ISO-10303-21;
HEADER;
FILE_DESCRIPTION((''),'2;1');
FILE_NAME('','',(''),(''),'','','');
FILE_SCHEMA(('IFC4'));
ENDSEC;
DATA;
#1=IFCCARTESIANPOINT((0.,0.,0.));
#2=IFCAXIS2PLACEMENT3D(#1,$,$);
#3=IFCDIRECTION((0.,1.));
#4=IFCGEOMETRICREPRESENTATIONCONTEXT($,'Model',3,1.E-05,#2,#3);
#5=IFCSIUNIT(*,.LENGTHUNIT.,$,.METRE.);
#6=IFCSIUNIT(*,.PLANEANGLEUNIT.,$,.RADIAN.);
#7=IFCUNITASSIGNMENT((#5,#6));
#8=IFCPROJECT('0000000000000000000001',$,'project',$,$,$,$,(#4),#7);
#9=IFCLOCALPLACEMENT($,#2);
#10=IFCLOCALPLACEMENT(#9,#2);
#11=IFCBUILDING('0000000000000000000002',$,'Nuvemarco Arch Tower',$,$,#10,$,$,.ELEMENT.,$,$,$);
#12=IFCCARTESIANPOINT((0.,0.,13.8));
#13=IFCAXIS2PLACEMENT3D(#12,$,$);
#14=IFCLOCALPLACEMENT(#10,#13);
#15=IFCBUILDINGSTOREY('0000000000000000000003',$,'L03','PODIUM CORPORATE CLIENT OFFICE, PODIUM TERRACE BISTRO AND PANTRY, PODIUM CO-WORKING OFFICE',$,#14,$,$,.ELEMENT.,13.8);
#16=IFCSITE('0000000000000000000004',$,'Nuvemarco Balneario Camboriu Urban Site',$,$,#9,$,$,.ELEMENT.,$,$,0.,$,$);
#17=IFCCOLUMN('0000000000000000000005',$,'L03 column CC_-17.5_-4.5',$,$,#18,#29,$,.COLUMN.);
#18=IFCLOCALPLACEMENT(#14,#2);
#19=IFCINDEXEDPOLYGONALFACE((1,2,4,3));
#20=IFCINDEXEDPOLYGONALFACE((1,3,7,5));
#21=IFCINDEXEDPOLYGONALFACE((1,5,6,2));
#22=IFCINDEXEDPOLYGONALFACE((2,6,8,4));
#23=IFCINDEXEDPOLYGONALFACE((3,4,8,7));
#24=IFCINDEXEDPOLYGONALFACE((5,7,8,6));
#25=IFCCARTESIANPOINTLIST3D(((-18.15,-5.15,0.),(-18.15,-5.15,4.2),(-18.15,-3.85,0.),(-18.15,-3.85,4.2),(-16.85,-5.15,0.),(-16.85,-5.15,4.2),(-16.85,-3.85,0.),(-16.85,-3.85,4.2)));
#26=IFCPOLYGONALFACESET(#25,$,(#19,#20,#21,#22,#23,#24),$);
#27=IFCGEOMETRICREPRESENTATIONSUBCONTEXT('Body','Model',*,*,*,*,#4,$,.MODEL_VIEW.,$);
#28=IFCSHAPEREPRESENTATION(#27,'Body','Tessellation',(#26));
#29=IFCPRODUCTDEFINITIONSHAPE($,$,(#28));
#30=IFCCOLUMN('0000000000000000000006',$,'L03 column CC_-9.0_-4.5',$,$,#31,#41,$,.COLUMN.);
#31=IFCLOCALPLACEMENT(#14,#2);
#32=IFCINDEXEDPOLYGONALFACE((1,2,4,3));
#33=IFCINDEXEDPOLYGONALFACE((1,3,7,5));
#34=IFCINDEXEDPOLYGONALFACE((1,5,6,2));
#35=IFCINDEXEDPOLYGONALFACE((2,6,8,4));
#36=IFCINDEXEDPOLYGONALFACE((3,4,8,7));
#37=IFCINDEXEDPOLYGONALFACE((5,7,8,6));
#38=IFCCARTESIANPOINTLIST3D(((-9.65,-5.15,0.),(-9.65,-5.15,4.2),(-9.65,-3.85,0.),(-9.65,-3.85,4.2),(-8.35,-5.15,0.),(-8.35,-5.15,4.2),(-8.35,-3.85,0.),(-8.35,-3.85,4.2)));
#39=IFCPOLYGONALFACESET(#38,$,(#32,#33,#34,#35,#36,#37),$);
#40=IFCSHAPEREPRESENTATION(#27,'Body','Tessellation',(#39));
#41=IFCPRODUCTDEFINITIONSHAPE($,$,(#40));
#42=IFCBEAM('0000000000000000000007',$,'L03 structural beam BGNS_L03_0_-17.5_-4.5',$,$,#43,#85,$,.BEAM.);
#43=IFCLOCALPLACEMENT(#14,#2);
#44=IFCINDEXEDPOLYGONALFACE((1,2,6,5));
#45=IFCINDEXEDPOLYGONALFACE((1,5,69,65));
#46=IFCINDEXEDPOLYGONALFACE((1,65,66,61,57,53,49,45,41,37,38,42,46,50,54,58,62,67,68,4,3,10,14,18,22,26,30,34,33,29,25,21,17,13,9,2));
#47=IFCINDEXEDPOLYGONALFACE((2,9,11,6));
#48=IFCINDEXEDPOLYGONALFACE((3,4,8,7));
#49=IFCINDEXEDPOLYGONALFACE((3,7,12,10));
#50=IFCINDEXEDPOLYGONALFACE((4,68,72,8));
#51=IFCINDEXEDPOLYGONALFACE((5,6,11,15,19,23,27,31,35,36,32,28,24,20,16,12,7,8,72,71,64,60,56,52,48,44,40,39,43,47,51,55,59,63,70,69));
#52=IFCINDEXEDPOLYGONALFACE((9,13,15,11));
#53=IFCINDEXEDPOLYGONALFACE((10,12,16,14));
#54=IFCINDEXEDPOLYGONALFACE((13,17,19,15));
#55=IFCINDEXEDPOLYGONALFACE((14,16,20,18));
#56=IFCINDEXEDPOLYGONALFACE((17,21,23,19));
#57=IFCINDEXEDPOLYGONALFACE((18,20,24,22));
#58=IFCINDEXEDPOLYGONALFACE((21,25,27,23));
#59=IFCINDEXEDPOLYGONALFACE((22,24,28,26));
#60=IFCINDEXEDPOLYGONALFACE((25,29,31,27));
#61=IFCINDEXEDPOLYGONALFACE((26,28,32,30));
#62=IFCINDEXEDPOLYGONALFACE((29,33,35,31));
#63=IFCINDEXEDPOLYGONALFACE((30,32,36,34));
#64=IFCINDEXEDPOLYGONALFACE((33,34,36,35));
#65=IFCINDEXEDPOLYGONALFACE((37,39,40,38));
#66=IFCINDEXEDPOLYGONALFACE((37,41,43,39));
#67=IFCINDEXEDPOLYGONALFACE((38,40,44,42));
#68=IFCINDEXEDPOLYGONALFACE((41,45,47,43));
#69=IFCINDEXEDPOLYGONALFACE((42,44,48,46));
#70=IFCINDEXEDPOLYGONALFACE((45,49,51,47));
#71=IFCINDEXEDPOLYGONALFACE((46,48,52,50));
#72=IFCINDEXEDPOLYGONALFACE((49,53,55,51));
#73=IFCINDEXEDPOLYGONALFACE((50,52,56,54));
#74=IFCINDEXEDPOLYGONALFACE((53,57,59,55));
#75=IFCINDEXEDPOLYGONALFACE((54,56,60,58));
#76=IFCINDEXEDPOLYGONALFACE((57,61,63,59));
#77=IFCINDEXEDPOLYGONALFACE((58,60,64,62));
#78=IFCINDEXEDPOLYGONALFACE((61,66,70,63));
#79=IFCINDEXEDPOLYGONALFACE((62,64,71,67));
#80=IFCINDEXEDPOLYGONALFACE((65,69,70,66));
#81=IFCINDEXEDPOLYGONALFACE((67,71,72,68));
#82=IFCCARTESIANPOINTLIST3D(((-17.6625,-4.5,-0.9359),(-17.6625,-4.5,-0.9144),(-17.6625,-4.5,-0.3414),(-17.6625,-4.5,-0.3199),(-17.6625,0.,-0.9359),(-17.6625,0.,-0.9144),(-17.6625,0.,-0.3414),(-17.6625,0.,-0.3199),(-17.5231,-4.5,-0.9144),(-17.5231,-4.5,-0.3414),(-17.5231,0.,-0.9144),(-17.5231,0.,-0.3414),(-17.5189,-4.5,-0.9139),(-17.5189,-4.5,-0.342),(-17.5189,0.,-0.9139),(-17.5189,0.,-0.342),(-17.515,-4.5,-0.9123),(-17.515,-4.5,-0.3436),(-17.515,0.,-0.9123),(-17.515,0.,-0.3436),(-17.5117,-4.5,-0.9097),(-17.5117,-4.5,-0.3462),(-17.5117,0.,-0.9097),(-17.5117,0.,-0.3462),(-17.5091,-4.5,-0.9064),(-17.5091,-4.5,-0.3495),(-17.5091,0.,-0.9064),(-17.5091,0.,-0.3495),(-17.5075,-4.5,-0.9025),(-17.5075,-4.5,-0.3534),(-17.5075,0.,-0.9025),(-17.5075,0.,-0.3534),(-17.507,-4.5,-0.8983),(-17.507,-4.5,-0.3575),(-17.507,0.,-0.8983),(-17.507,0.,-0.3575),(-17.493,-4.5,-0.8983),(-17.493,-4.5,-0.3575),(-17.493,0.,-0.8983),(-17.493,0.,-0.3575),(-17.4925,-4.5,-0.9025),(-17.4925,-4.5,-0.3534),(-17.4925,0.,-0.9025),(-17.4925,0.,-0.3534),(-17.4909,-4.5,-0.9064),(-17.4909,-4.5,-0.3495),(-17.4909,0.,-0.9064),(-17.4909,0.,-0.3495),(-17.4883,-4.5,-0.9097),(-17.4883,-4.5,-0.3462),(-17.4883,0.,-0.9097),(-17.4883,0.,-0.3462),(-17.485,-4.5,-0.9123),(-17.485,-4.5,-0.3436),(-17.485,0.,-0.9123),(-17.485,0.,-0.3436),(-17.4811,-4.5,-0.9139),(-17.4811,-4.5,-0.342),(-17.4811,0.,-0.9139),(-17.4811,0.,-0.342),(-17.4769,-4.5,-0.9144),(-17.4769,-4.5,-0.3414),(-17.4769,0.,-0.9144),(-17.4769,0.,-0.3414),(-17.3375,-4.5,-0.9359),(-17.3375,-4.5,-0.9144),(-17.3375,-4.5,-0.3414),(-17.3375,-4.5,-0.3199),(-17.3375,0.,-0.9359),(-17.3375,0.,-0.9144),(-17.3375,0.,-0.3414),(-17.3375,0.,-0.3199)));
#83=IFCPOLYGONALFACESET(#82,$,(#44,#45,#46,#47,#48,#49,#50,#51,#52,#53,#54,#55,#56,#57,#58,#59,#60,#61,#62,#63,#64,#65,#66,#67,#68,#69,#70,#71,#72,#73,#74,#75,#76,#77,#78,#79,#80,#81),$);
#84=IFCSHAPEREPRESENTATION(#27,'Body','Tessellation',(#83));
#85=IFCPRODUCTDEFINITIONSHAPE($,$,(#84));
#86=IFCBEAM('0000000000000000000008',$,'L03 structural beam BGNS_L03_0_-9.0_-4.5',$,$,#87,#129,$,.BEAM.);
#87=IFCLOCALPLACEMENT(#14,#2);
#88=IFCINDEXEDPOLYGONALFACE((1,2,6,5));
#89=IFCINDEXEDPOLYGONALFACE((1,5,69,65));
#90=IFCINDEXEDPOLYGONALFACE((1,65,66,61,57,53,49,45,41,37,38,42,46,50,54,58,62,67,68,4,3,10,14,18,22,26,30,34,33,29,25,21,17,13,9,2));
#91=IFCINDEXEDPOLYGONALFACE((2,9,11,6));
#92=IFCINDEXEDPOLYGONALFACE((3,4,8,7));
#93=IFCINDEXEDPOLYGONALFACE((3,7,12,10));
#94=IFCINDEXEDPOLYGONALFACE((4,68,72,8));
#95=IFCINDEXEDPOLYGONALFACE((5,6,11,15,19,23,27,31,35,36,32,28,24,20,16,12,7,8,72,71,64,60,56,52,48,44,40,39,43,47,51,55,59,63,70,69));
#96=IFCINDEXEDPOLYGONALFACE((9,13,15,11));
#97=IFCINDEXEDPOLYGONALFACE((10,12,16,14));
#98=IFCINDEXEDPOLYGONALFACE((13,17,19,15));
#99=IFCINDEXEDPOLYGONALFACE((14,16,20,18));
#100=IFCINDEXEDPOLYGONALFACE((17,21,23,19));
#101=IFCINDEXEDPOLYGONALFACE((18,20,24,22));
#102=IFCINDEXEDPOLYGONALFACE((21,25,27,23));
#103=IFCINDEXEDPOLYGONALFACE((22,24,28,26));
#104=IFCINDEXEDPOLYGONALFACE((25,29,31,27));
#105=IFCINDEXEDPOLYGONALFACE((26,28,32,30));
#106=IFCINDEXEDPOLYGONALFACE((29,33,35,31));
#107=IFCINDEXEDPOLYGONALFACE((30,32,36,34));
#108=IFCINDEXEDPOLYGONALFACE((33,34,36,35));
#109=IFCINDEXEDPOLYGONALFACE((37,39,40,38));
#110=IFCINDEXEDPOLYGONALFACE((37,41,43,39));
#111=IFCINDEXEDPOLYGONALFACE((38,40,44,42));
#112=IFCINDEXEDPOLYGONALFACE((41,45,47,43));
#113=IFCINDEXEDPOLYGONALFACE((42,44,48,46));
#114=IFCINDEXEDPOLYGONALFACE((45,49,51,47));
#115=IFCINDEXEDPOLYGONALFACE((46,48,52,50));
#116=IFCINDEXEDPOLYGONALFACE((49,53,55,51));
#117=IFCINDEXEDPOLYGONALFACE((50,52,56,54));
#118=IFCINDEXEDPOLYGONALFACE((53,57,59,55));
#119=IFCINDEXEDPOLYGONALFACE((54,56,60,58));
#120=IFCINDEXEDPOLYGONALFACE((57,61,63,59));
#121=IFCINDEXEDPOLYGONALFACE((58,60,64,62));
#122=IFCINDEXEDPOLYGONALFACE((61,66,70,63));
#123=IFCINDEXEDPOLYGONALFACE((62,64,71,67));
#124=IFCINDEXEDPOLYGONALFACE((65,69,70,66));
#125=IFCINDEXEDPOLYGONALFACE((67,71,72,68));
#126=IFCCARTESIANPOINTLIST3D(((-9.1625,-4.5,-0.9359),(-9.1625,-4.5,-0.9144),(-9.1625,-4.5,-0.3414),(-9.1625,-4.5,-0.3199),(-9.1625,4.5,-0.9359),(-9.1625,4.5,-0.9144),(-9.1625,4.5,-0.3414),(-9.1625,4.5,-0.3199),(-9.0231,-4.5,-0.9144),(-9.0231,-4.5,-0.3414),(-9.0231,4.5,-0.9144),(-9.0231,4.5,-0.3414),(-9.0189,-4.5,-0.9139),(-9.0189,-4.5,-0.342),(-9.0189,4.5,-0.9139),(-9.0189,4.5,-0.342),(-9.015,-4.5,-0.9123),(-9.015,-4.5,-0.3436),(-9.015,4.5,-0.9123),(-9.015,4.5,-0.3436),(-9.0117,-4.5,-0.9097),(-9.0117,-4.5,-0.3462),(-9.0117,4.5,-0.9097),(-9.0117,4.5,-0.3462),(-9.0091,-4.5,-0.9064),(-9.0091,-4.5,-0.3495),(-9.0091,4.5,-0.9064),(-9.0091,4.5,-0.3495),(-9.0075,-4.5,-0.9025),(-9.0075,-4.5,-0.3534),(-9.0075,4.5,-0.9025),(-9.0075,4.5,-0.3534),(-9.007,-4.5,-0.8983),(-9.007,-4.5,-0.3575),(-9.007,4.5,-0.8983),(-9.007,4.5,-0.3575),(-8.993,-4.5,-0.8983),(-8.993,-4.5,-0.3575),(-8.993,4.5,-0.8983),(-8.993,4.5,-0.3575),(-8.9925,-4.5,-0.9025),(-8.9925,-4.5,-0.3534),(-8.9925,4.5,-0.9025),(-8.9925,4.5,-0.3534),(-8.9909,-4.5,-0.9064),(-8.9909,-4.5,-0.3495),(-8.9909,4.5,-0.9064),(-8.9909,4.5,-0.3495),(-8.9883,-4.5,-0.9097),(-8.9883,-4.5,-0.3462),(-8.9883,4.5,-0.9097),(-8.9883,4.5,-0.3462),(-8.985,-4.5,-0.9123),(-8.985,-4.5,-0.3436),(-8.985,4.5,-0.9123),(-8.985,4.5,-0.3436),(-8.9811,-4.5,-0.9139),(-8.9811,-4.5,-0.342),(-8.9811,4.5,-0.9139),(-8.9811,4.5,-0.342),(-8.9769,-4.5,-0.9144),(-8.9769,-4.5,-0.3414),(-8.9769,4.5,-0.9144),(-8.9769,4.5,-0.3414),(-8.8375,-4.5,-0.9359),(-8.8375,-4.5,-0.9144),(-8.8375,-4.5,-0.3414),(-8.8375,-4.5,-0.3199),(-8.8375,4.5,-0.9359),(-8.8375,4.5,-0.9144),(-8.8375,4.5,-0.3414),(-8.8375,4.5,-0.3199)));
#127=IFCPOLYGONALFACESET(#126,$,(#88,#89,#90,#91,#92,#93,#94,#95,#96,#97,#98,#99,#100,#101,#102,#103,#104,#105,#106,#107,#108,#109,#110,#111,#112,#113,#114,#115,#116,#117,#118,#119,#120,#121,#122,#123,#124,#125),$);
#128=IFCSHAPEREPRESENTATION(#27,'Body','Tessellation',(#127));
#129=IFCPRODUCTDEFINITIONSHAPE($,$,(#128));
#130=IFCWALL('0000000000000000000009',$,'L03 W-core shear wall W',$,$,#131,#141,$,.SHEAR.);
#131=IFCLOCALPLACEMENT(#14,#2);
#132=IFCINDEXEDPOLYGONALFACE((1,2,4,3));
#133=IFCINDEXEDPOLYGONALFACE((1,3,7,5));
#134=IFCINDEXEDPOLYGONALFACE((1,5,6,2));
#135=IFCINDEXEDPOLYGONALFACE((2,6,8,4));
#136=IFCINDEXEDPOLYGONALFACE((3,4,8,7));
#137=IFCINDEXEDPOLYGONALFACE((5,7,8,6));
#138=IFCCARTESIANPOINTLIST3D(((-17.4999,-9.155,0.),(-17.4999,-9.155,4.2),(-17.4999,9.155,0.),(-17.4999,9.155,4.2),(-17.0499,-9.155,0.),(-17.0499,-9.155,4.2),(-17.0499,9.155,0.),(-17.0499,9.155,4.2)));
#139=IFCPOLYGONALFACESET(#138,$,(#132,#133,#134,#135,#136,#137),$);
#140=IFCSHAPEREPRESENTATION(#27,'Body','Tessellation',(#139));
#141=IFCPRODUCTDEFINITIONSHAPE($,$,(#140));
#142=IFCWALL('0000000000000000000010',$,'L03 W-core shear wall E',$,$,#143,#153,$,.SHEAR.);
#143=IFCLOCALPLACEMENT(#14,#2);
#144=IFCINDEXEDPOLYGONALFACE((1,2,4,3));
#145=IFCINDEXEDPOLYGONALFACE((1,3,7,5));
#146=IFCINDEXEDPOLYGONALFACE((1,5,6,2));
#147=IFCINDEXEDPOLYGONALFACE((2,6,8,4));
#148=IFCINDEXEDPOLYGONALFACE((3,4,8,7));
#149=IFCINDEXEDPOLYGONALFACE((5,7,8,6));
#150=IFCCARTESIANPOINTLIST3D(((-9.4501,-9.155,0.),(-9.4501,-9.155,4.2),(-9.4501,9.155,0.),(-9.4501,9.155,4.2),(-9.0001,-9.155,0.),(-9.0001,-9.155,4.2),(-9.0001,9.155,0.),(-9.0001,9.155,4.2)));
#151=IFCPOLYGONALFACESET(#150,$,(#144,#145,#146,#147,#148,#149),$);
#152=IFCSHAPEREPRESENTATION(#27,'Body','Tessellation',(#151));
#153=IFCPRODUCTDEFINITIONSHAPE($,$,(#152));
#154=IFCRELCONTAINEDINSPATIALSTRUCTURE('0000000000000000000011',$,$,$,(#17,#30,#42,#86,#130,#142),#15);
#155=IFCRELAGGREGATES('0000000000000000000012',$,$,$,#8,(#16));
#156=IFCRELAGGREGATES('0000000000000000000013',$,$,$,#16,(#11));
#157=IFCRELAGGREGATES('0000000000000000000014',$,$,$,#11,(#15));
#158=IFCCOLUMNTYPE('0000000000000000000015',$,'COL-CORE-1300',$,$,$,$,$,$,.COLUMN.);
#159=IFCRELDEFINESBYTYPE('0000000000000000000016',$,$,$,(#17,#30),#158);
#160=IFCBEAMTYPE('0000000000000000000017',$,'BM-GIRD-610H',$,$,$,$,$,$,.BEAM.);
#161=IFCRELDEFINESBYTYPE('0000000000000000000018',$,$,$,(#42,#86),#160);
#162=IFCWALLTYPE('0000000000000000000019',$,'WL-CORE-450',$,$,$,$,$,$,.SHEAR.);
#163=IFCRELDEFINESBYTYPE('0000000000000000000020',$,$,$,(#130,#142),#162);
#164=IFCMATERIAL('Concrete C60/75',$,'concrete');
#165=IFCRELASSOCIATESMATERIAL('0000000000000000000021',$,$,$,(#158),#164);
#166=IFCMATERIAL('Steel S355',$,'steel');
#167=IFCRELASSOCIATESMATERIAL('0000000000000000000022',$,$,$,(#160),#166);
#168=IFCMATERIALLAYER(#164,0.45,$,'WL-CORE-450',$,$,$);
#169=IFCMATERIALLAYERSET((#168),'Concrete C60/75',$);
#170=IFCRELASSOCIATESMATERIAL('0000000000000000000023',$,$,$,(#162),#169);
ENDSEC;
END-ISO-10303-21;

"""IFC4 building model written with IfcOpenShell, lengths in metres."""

from ifc_helpers import new_model, si_unit, direction, frame, frame_2d, origin, origin_2d, place, context, subcontext, project, spatial, rectangle, i_section, extrude, material, layer, layer_set, material_profile, profile_set, type_object, element, save


model = new_model("IFC4")

# Units and contexts
model_context = context("Model", 3, precision=1e-05, world=origin(), true_north=direction((0.0, 1.0)))
body_context = subcontext(model_context, "Body", "Model", "MODEL_VIEW")
ifc_project = project(units=[si_unit("LENGTHUNIT", "METRE"), si_unit("PLANEANGLEUNIT", "RADIAN")], contexts=[model_context])

# Site, building, storey
site_placement = place(None, origin())
site = spatial("IfcSite", under=ifc_project, at=site_placement, Name="Nuvemarco Balneario Camboriu Urban Site", CompositionType="ELEMENT", RefElevation=0.0)
building_placement = place(site_placement, origin())
building = spatial("IfcBuilding", under=site, at=building_placement, Name="Nuvemarco Arch Tower", CompositionType="ELEMENT")
storey_placement = place(building_placement, frame((0.0, 0.0, 13.8)))
storey = spatial("IfcBuildingStorey", under=building, at=storey_placement, Name="L03", Description="PODIUM CORPORATE CLIENT OFFICE, PODIUM TERRACE BISTRO AND PANTRY, PODIUM CO-WORKING OFFICE", CompositionType="ELEMENT", Elevation=13.8)

# Columns
ifc_material_1 = material(Name="Concrete C60/75", Category="concrete")
ifc_material_profile_1 = material_profile(ifc_material_1, rectangle(XDim=1.3, YDim=1.3, at=origin_2d()), Name="RC-COL-1300x1300")
ifc_profile_set_1 = profile_set([ifc_material_profile_1], Name="Concrete C60/75")
column_type = type_object("IfcColumnType", Name="COL-CORE-1300", PredefinedType="COLUMN", material=ifc_profile_set_1)
for number, where, z_axis, x_axis, name in (
    (1, (-17.5, -4.5, 0.0), (0.0, 0.0, 1.0), (1.0, 0.0, 0.0), "L03 column CC_-17.5_-4.5"),
    (2, (-9.0, -4.5, 0.0), (0.0, 0.0, 1.0), (1.0, 0.0, 0.0), "L03 column CC_-9.0_-4.5"),
):
    element("IfcColumn", number, at=place(storey_placement, frame(where, z_axis=z_axis, x_axis=x_axis)), inside=storey, type_object=column_type, Name=name, PredefinedType="COLUMN", context=body_context, shape_type="SweptSolid", body=[
        extrude(rectangle(XDim=1.3, YDim=1.3, at=origin_2d()), origin(), (0.0, 0.0, 1.0), 4.2),
    ])

# Beams
ifc_material_2 = material(Name="Steel S355", Category="steel")
ifc_material_profile_2 = material_profile(ifc_material_2, i_section(OverallWidth=0.325, OverallDepth=0.616, WebThickness=0.0139, FlangeThickness=0.0215, FilletRadius=0.0161, at=origin_2d()), Name="W610x174")
ifc_profile_set_2 = profile_set([ifc_material_profile_2], Name="Steel S355")
beam_type = type_object("IfcBeamType", Name="BM-GIRD-610H", PredefinedType="BEAM", material=ifc_profile_set_2)
beam_1_placement = place(storey_placement, frame((-17.5, -4.5, -0.6279), z_axis=(0.0, 1.0, 0.0), x_axis=(-1.0, 0.0, 0.0)))
element("IfcBeam", 3, at=beam_1_placement, inside=storey, type_object=beam_type, Name="L03 structural beam BGNS_L03_0_-17.5_-4.5", PredefinedType="BEAM", context=body_context, shape_type="SweptSolid", body=[
    extrude(i_section(OverallWidth=0.325, OverallDepth=0.616, WebThickness=0.0139, FlangeThickness=0.0215, FilletRadius=0.0161, at=origin_2d()), origin(), (0.0, 0.0, 1.0), 4.5),
])
beam_2_placement = place(storey_placement, frame((-9.0, -4.5, -0.6279), z_axis=(0.0, 1.0, 0.0), x_axis=(-1.0, 0.0, 0.0)))
element("IfcBeam", 4, at=beam_2_placement, inside=storey, type_object=beam_type, Name="L03 structural beam BGNS_L03_0_-9.0_-4.5", PredefinedType="BEAM", context=body_context, shape_type="SweptSolid", body=[
    extrude(i_section(OverallWidth=0.325, OverallDepth=0.616, WebThickness=0.0139, FlangeThickness=0.0215, FilletRadius=0.0161, at=origin_2d()), origin(), (0.0, 0.0, 1.0), 9.0),
])

# Walls
ifc_layer_1 = layer(ifc_material_1, 0.45, Name="WL-CORE-450")
ifc_layer_set_1 = layer_set([ifc_layer_1], Name="Concrete C60/75")
wall_type_1 = type_object("IfcWallType", Name="WL-CORE-450", PredefinedType="SHEAR", material=ifc_layer_set_1)
for number, where, z_axis, x_axis, name in (
    (5, (-17.2749, -9.155, 0.0), (0.0, 0.0, 1.0), (0.0, 1.0, 0.0), "L03 W-core shear wall W"),
    (6, (-9.2251, -9.155, 0.0), (0.0, 0.0, 1.0), (0.0, 1.0, 0.0), "L03 W-core shear wall E"),
):
    element("IfcWall", number, at=place(storey_placement, frame(where, z_axis=z_axis, x_axis=x_axis)), inside=storey, type_object=wall_type_1, Name=name, PredefinedType="SHEAR", context=body_context, shape_type="SweptSolid", body=[
        extrude(rectangle(XDim=18.3101, YDim=0.45, at=frame_2d((9.155, 0.0))), origin(), (0.0, 0.0, 1.0), 4.2),
    ])

save(model, "model.ifc")
